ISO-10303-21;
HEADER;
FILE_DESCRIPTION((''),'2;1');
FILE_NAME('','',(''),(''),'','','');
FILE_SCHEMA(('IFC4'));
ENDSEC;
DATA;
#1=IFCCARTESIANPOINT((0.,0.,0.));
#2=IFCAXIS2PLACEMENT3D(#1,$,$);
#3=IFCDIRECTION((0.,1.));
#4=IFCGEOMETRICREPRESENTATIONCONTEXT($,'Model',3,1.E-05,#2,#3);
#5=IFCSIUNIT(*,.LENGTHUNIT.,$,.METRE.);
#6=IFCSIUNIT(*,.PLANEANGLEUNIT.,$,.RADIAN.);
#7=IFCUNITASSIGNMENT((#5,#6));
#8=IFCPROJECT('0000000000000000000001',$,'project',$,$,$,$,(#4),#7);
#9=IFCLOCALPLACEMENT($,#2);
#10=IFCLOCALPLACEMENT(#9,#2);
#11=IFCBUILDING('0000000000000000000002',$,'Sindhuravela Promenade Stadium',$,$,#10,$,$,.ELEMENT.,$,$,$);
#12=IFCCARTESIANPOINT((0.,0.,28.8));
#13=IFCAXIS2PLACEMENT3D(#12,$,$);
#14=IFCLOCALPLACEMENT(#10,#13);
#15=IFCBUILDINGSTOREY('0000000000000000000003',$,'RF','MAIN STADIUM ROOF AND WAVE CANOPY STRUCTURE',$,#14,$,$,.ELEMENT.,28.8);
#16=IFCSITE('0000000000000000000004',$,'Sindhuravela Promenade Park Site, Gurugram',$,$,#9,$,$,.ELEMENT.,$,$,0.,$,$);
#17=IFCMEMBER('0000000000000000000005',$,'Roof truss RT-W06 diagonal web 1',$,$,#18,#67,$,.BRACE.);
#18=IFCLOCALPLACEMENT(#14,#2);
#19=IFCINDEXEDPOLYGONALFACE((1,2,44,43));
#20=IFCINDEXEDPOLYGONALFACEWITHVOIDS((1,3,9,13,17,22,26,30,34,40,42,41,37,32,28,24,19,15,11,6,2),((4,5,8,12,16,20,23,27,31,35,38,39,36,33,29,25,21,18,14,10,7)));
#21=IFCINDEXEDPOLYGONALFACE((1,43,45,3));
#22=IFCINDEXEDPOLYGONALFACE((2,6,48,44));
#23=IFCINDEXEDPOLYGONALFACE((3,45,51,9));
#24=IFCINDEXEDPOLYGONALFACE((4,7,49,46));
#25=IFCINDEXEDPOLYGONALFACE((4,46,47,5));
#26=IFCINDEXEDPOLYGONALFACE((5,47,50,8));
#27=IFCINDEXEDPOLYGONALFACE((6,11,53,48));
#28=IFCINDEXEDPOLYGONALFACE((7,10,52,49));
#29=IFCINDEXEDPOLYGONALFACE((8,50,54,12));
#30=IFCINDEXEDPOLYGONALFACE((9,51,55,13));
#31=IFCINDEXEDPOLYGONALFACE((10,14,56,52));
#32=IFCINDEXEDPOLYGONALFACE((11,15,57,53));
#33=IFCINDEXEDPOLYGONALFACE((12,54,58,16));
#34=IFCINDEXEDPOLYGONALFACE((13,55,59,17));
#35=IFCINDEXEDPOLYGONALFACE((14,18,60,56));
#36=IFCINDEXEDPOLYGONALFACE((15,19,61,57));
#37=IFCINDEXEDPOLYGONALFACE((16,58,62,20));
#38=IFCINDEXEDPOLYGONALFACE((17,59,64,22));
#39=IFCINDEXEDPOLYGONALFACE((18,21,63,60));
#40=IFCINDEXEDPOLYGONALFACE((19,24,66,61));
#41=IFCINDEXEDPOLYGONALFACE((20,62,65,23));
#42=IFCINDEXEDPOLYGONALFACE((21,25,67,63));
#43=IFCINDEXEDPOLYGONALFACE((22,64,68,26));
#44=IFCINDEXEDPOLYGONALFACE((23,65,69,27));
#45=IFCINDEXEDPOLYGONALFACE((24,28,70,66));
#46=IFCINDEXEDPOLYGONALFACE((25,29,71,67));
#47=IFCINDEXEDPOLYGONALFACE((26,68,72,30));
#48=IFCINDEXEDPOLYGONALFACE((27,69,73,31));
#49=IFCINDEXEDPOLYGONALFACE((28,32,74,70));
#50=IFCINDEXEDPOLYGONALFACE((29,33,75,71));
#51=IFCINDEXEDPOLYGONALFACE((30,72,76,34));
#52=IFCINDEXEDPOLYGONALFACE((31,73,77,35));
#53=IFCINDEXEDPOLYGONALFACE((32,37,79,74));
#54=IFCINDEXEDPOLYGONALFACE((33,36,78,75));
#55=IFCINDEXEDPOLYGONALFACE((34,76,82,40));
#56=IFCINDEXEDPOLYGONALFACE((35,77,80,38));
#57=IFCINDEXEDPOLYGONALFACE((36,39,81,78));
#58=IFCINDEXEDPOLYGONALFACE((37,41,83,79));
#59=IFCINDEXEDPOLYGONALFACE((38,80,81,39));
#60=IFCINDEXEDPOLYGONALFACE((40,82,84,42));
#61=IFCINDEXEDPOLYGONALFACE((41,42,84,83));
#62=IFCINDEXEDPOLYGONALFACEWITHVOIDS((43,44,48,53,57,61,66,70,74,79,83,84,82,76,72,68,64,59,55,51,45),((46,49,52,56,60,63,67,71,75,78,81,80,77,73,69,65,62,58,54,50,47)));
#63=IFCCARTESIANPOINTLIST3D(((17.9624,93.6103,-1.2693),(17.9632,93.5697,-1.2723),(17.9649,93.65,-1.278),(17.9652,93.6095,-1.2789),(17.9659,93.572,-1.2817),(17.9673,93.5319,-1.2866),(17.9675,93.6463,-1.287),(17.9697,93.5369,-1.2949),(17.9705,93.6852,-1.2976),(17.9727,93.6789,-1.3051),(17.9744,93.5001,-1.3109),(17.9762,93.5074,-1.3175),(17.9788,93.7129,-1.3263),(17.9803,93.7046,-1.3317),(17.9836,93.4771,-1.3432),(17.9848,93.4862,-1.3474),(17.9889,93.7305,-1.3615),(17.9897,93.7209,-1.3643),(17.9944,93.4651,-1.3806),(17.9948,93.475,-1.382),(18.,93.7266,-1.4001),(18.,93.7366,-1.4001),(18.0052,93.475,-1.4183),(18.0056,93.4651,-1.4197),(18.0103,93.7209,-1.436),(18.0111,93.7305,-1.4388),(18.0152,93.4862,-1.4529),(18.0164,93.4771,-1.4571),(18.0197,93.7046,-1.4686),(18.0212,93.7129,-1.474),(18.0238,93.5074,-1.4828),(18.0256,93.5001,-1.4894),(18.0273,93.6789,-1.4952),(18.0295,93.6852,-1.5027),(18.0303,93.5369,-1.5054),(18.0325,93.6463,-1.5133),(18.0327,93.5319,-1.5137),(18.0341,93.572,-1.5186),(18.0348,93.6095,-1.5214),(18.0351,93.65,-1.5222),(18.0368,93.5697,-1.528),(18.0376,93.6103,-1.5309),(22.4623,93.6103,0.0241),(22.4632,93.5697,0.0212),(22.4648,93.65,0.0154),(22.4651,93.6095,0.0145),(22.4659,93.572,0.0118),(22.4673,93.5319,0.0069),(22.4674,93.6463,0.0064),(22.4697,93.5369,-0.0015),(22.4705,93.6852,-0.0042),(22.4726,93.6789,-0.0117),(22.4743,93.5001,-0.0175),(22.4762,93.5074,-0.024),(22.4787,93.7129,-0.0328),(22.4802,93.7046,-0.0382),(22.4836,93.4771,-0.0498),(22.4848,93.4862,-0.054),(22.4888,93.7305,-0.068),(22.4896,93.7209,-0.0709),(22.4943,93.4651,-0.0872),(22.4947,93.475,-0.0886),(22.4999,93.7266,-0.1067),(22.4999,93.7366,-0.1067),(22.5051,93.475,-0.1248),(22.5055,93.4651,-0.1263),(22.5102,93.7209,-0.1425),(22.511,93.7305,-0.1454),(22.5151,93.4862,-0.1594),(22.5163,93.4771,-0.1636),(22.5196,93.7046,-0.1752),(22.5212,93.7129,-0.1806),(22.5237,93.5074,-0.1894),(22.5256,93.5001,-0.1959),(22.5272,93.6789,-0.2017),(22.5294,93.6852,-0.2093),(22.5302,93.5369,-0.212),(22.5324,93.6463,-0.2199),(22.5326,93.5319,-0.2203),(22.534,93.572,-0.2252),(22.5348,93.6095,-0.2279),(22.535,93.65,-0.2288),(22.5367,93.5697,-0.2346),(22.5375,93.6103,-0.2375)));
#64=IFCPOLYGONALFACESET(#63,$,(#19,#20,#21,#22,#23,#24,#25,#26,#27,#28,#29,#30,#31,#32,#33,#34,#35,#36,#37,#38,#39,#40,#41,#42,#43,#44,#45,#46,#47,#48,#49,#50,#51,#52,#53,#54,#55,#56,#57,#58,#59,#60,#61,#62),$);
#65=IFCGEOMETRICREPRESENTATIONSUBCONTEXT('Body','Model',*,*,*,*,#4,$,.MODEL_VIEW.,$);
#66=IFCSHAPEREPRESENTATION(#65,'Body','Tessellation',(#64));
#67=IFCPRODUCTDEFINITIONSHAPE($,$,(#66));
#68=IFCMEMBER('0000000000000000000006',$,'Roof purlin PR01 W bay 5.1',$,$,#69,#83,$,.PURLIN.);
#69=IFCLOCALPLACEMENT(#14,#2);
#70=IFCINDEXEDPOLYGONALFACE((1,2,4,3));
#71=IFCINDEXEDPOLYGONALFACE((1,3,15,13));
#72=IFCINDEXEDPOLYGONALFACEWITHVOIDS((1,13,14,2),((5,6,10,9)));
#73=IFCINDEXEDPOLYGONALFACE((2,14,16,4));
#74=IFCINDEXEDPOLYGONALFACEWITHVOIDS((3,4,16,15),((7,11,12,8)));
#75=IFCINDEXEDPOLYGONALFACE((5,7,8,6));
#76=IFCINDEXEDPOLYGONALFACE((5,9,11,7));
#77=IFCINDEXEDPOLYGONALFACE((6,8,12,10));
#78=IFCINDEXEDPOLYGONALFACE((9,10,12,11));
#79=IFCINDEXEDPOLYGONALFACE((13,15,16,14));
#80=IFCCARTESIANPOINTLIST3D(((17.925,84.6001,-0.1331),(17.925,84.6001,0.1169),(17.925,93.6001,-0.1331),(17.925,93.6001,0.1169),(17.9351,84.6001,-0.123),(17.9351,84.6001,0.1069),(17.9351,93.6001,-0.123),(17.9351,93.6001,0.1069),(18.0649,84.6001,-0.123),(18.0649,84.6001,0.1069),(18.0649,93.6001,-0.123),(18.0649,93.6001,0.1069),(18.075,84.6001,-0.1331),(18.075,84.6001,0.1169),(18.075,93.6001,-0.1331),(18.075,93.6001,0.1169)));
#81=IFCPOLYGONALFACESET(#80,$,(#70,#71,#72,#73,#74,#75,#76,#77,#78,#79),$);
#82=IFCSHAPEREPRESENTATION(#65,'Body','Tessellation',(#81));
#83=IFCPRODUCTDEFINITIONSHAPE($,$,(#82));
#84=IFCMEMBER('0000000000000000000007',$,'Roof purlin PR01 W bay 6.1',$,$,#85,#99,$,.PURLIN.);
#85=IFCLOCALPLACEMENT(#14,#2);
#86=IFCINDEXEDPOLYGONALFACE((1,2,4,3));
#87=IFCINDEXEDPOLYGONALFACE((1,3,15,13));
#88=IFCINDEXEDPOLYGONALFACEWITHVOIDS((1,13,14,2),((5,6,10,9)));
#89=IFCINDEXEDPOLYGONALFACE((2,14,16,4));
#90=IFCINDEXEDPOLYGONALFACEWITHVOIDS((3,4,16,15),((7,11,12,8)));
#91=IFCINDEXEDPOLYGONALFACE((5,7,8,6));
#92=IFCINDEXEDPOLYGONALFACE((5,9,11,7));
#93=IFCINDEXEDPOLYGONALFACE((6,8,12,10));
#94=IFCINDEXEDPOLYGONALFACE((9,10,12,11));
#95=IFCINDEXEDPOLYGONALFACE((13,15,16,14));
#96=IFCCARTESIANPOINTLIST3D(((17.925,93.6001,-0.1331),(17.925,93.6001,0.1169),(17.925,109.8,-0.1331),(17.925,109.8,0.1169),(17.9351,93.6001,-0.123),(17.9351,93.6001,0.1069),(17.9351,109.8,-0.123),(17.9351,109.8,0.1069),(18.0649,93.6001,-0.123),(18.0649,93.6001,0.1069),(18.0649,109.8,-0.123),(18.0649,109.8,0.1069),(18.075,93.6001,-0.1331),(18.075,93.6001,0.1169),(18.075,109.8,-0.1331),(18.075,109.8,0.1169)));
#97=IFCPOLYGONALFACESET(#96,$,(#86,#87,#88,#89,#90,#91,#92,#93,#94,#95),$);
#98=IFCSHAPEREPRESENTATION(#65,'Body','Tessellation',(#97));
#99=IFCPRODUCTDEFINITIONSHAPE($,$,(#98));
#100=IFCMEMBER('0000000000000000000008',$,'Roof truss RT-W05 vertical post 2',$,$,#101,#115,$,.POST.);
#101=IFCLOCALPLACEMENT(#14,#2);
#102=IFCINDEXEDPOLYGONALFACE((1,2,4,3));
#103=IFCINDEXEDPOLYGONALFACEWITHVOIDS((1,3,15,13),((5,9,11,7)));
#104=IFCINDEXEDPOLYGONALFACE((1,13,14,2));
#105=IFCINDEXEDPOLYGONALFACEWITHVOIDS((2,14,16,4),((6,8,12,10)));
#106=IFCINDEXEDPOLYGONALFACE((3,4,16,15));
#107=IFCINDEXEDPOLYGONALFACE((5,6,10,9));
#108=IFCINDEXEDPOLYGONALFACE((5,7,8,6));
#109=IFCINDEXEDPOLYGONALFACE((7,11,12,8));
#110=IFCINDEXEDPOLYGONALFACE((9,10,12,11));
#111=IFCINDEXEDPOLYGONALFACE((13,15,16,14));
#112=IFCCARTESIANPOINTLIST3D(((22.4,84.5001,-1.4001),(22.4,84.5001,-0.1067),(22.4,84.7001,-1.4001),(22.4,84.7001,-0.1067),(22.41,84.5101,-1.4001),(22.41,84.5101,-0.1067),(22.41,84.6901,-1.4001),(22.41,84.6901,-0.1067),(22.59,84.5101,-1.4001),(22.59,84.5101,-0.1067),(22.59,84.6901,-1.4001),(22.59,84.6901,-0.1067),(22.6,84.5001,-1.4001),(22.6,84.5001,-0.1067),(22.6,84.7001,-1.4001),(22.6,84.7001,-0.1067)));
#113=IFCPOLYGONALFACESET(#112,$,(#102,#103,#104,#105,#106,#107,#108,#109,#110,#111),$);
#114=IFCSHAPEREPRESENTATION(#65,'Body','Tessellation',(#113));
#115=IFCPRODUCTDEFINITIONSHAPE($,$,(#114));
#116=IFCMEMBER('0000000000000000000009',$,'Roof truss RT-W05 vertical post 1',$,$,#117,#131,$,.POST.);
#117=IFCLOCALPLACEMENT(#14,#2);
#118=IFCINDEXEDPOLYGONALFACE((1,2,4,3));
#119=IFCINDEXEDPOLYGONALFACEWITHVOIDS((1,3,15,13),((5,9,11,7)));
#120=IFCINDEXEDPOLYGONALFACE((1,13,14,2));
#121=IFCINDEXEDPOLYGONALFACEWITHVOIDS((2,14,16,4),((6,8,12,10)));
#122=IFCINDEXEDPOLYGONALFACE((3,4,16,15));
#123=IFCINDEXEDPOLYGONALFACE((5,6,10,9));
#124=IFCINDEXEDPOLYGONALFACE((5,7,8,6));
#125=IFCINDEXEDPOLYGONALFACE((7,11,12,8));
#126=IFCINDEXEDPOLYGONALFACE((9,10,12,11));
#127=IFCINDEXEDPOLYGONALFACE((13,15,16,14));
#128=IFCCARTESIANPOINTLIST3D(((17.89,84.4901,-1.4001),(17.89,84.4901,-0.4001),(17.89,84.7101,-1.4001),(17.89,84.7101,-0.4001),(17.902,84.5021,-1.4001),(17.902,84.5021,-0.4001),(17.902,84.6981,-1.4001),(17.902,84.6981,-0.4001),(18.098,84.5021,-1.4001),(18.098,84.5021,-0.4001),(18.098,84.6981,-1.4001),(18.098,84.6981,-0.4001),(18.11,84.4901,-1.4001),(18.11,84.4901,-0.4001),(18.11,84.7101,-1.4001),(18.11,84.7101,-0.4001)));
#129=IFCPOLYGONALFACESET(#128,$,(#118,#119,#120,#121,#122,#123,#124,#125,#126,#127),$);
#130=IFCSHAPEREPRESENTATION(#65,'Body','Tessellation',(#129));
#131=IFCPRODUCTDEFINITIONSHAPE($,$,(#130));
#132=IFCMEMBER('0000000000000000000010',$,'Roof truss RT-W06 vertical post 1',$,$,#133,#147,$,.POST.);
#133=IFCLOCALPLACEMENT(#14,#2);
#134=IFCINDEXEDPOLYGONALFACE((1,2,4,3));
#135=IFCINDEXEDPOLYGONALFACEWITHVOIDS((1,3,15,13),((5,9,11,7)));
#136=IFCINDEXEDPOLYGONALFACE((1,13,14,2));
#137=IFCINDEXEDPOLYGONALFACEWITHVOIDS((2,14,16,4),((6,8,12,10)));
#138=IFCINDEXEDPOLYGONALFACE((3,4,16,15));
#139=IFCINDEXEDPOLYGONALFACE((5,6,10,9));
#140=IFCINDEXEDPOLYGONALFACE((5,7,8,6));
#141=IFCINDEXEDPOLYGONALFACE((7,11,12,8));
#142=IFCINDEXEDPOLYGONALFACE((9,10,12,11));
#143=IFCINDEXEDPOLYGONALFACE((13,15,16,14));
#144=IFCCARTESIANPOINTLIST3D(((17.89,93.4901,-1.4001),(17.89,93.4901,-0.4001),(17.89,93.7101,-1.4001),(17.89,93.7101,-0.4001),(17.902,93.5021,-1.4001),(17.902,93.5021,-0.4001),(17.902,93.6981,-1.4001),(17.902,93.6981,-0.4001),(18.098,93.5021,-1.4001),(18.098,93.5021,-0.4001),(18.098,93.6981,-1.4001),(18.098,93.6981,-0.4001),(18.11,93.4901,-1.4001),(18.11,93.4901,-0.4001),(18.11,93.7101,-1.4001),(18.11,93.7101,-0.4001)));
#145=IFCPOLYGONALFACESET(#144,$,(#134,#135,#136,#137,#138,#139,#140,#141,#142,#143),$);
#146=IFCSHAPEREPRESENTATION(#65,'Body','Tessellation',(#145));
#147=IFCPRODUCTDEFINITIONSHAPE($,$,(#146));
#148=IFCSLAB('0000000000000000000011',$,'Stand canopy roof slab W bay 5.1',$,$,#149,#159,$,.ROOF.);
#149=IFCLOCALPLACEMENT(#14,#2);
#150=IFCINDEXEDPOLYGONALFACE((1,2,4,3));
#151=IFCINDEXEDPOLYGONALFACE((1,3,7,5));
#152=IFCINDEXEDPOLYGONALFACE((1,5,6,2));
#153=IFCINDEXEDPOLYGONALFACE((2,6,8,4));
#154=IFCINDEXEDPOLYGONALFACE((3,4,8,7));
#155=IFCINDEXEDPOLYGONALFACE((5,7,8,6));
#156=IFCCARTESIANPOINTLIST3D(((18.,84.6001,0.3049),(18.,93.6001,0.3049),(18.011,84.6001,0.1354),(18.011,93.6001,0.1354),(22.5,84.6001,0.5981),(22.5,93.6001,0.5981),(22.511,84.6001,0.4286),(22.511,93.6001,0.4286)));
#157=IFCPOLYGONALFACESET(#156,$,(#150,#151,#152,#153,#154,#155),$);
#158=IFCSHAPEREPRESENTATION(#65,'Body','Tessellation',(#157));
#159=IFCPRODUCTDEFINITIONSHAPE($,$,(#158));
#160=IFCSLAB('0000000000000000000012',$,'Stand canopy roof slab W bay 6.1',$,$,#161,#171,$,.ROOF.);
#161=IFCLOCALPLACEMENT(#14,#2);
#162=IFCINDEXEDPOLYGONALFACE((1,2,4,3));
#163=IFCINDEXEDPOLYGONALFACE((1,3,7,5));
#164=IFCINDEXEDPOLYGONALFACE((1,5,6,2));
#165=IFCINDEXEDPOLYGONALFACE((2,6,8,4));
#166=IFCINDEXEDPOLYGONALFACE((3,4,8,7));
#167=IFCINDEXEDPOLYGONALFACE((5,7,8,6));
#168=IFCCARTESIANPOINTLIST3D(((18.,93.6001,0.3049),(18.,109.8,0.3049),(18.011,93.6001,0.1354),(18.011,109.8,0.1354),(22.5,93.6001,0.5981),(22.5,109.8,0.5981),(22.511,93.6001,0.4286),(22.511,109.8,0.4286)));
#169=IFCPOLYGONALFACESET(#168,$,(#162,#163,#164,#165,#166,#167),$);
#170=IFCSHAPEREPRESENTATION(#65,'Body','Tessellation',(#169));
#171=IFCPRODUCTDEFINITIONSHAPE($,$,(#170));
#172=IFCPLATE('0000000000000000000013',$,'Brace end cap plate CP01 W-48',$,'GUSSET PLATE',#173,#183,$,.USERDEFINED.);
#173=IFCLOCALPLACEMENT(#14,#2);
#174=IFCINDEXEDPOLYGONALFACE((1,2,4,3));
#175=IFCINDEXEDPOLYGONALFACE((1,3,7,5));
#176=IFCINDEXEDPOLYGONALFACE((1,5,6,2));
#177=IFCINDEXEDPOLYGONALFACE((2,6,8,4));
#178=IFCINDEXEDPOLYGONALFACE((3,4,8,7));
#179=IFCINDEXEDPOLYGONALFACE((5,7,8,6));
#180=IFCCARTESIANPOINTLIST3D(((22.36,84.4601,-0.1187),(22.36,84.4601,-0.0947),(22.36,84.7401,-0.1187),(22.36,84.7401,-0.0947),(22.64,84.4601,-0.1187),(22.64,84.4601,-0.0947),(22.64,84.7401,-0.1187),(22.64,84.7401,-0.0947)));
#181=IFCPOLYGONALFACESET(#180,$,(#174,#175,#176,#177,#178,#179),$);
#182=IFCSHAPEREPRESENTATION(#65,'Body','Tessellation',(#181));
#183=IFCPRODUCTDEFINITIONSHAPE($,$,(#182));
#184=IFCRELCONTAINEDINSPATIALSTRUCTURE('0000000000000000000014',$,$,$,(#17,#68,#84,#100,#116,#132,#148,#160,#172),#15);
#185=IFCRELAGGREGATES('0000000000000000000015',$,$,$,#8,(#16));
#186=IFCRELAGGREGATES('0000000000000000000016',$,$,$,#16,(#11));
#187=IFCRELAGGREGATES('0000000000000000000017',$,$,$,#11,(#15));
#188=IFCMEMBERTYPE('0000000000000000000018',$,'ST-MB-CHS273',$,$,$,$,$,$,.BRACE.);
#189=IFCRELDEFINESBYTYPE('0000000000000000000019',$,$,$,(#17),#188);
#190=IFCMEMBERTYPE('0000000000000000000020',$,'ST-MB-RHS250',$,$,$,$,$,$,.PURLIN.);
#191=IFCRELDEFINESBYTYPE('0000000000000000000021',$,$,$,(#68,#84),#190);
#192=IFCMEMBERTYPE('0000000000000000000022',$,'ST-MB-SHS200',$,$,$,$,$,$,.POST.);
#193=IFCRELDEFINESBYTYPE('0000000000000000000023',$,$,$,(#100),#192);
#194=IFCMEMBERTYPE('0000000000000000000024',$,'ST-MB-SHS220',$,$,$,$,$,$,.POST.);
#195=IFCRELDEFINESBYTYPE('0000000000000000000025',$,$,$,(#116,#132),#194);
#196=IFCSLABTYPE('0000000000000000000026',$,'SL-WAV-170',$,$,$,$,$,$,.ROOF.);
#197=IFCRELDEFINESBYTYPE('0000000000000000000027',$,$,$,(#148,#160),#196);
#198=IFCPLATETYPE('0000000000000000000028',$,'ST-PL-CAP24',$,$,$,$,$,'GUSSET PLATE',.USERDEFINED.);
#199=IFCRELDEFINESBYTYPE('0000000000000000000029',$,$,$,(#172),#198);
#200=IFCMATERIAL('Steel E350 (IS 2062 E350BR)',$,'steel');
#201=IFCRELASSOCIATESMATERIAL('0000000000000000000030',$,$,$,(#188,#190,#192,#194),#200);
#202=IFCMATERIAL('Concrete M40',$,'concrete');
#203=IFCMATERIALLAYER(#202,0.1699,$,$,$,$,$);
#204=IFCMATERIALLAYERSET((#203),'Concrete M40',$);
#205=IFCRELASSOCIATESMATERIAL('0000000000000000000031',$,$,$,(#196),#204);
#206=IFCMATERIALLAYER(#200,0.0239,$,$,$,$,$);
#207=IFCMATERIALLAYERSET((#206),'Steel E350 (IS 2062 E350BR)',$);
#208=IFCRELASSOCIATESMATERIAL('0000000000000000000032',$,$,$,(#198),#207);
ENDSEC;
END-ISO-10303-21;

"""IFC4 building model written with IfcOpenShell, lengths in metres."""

from ifc_helpers import new_model, si_unit, direction, frame, origin, origin_2d, place, context, subcontext, project, spatial, polyline, rectangle, hollow_rectangle, hollow_circle, outline, extrude, material, layer, layer_set, material_profile, profile_set, type_object, element, save


model = new_model("IFC4")

# Units and contexts
model_context = context("Model", 3, precision=1e-05, world=origin(), true_north=direction((0.0, 1.0)))
body_context = subcontext(model_context, "Body", "Model", "MODEL_VIEW")
ifc_project = project(units=[si_unit("LENGTHUNIT", "METRE"), si_unit("PLANEANGLEUNIT", "RADIAN")], contexts=[model_context])

# Site, building, storey
site_placement = place(None, origin())
site = spatial("IfcSite", under=ifc_project, at=site_placement, Name="Sindhuravela Promenade Park Site, Gurugram", CompositionType="ELEMENT", RefElevation=0.0)
building_placement = place(site_placement, origin())
building = spatial("IfcBuilding", under=site, at=building_placement, Name="Sindhuravela Promenade Stadium", CompositionType="ELEMENT")
storey_placement = place(building_placement, frame((0.0, 0.0, 28.8)))
storey = spatial("IfcBuildingStorey", under=building, at=storey_placement, Name="RF", Description="MAIN STADIUM ROOF AND WAVE CANOPY STRUCTURE", CompositionType="ELEMENT", Elevation=28.8)

# Shared definitions
ifc_material_1 = material(Name="Concrete M40", Category="concrete")
ifc_material_2 = material(Name="Steel E350 (IS 2062 E350BR)", Category="steel")

# Members
ifc_material_profile_1 = material_profile(ifc_material_2, hollow_circle(Radius=0.1365, WallThickness=0.01, at=origin_2d()), Name="CHS 273.0x10")
ifc_profile_set_1 = profile_set([ifc_material_profile_1], Name="Steel E350 (IS 2062 E350BR)")
member_type_1 = type_object("IfcMemberType", Name="ST-MB-CHS273", PredefinedType="BRACE", material=ifc_profile_set_1)
for number, where, z_axis, x_axis, name in (
    (1, (18.0, 93.6001, -1.4001), (0.961086, 0.0, 0.27625), (0.0, 1.0, 0.0), "Roof truss RT-W06 diagonal web 1"),
):
    element("IfcMember", number, at=place(storey_placement, frame(where, z_axis=z_axis, x_axis=x_axis)), inside=storey, type_object=member_type_1, Name=name, PredefinedType="BRACE", context=body_context, shape_type="SweptSolid", body=[
        extrude(hollow_circle(Radius=0.1365, WallThickness=0.01, at=origin_2d()), origin(), (0.0, 0.0, 1.0), 4.6821),
    ])
ifc_material_profile_2 = material_profile(ifc_material_2, hollow_rectangle(XDim=0.1499, YDim=0.25, WallThickness=0.01, at=origin_2d()), Name="RHS 250x150x10")
ifc_profile_set_2 = profile_set([ifc_material_profile_2], Name="Steel E350 (IS 2062 E350BR)")
member_type_2 = type_object("IfcMemberType", Name="ST-MB-RHS250", PredefinedType="PURLIN", material=ifc_profile_set_2)
member_1_placement = place(storey_placement, frame((18.0, 84.6001, -0.0081), z_axis=(0.0, 1.0, 0.0), x_axis=(-1.0, 0.0, 0.0)))
element("IfcMember", 2, at=member_1_placement, inside=storey, type_object=member_type_2, Name="Roof purlin PR01 W bay 5.1", PredefinedType="PURLIN", context=body_context, shape_type="SweptSolid", body=[
    extrude(hollow_rectangle(XDim=0.1499, YDim=0.25, WallThickness=0.01, at=origin_2d()), origin(), (0.0, 0.0, 1.0), 9.0),
])
member_2_placement = place(storey_placement, frame((18.0, 93.6001, -0.0081), z_axis=(0.0, 1.0, 0.0), x_axis=(-1.0, 0.0, 0.0)))
element("IfcMember", 3, at=member_2_placement, inside=storey, type_object=member_type_2, Name="Roof purlin PR01 W bay 6.1", PredefinedType="PURLIN", context=body_context, shape_type="SweptSolid", body=[
    extrude(hollow_rectangle(XDim=0.1499, YDim=0.25, WallThickness=0.01, at=origin_2d()), origin(), (0.0, 0.0, 1.0), 16.2),
])
ifc_material_profile_3 = material_profile(ifc_material_2, hollow_rectangle(XDim=0.2, YDim=0.2, WallThickness=0.01, at=origin_2d()), Name="SHS 200x200x10")
ifc_profile_set_3 = profile_set([ifc_material_profile_3], Name="Steel E350 (IS 2062 E350BR)")
member_type_3 = type_object("IfcMemberType", Name="ST-MB-SHS200", PredefinedType="POST", material=ifc_profile_set_3)
member_3_placement = place(storey_placement, frame((22.5, 84.6001, -1.4001), z_axis=(0.0, 0.0, 1.0), x_axis=(1.0, 0.0, 0.0)))
element("IfcMember", 4, at=member_3_placement, inside=storey, type_object=member_type_3, Name="Roof truss RT-W05 vertical post 2", PredefinedType="POST", context=body_context, shape_type="SweptSolid", body=[
    extrude(hollow_rectangle(XDim=0.2, YDim=0.2, WallThickness=0.01, at=origin_2d()), origin(), (0.0, 0.0, 1.0), 1.2935),
])
ifc_material_profile_4 = material_profile(ifc_material_2, hollow_rectangle(XDim=0.22, YDim=0.22, WallThickness=0.012, at=origin_2d()), Name="SHS 220x220x12")
ifc_profile_set_4 = profile_set([ifc_material_profile_4], Name="Steel E350 (IS 2062 E350BR)")
member_type_4 = type_object("IfcMemberType", Name="ST-MB-SHS220", PredefinedType="POST", material=ifc_profile_set_4)
for number, where, z_axis, x_axis, name in (
    (5, (18.0, 84.6001, -1.4001), (0.0, 0.0, 1.0), (1.0, 0.0, 0.0), "Roof truss RT-W05 vertical post 1"),
    (6, (18.0, 93.6001, -1.4001), (0.0, 0.0, 1.0), (1.0, 0.0, 0.0), "Roof truss RT-W06 vertical post 1"),
):
    element("IfcMember", number, at=place(storey_placement, frame(where, z_axis=z_axis, x_axis=x_axis)), inside=storey, type_object=member_type_4, Name=name, PredefinedType="POST", context=body_context, shape_type="SweptSolid", body=[
        extrude(hollow_rectangle(XDim=0.22, YDim=0.22, WallThickness=0.012, at=origin_2d()), origin(), (0.0, 0.0, 1.0), 1.0),
    ])

# Slabs
ifc_layer_1 = layer(ifc_material_1, 0.1699)
ifc_layer_set_1 = layer_set([ifc_layer_1], Name="Concrete M40")
slab_type = type_object("IfcSlabType", Name="SL-WAV-170", PredefinedType="ROOF", material=ifc_layer_set_1)
slab_1_placement = place(storey_placement, frame((18.0, 84.6001, 0.3049), z_axis=(-0.065021, 0.0, 0.997884), x_axis=(0.0, 1.0, 0.0)))
element("IfcSlab", 7, at=slab_1_placement, inside=storey, type_object=slab_type, Name="Stand canopy roof slab W bay 5.1", PredefinedType="ROOF", context=body_context, shape_type="SweptSolid", body=[
    extrude(outline(polyline([(0.0, 0.0), (0.0, -4.5095), (9.0, -4.5095), (9.0, 0.0), (0.0, 0.0)])), origin(), (0.0, 0.0, -1.0), 0.1699),
])
slab_2_placement = place(storey_placement, frame((18.0, 93.6001, 0.3049), z_axis=(-0.065021, 0.0, 0.997884), x_axis=(0.0, 1.0, 0.0)))
element("IfcSlab", 8, at=slab_2_placement, inside=storey, type_object=slab_type, Name="Stand canopy roof slab W bay 6.1", PredefinedType="ROOF", context=body_context, shape_type="SweptSolid", body=[
    extrude(outline(polyline([(0.0, 0.0), (0.0, -4.5095), (16.2, -4.5095), (16.2, 0.0), (0.0, 0.0)])), origin(), (0.0, 0.0, -1.0), 0.1699),
])

# Plate
ifc_layer_2 = layer(ifc_material_2, 0.0239)
ifc_layer_set_2 = layer_set([ifc_layer_2], Name="Steel E350 (IS 2062 E350BR)")
plate_type_1 = type_object("IfcPlateType", Name="ST-PL-CAP24", ElementType="GUSSET PLATE", PredefinedType="USERDEFINED", material=ifc_layer_set_2)
plate_placement = place(storey_placement, frame((22.5, 84.6001, -0.1187), z_axis=(0.0, 0.0, 1.0), x_axis=(1.0, 0.0, 0.0)))
element("IfcPlate", 9, at=plate_placement, inside=storey, type_object=plate_type_1, Name="Brace end cap plate CP01 W-48", ObjectType="GUSSET PLATE", PredefinedType="USERDEFINED", context=body_context, shape_type="SweptSolid", body=[
    extrude(rectangle(XDim=0.28, YDim=0.28, at=origin_2d()), origin(), (0.0, 0.0, 1.0), 0.0239),
])

save(model, "model.ifc")
